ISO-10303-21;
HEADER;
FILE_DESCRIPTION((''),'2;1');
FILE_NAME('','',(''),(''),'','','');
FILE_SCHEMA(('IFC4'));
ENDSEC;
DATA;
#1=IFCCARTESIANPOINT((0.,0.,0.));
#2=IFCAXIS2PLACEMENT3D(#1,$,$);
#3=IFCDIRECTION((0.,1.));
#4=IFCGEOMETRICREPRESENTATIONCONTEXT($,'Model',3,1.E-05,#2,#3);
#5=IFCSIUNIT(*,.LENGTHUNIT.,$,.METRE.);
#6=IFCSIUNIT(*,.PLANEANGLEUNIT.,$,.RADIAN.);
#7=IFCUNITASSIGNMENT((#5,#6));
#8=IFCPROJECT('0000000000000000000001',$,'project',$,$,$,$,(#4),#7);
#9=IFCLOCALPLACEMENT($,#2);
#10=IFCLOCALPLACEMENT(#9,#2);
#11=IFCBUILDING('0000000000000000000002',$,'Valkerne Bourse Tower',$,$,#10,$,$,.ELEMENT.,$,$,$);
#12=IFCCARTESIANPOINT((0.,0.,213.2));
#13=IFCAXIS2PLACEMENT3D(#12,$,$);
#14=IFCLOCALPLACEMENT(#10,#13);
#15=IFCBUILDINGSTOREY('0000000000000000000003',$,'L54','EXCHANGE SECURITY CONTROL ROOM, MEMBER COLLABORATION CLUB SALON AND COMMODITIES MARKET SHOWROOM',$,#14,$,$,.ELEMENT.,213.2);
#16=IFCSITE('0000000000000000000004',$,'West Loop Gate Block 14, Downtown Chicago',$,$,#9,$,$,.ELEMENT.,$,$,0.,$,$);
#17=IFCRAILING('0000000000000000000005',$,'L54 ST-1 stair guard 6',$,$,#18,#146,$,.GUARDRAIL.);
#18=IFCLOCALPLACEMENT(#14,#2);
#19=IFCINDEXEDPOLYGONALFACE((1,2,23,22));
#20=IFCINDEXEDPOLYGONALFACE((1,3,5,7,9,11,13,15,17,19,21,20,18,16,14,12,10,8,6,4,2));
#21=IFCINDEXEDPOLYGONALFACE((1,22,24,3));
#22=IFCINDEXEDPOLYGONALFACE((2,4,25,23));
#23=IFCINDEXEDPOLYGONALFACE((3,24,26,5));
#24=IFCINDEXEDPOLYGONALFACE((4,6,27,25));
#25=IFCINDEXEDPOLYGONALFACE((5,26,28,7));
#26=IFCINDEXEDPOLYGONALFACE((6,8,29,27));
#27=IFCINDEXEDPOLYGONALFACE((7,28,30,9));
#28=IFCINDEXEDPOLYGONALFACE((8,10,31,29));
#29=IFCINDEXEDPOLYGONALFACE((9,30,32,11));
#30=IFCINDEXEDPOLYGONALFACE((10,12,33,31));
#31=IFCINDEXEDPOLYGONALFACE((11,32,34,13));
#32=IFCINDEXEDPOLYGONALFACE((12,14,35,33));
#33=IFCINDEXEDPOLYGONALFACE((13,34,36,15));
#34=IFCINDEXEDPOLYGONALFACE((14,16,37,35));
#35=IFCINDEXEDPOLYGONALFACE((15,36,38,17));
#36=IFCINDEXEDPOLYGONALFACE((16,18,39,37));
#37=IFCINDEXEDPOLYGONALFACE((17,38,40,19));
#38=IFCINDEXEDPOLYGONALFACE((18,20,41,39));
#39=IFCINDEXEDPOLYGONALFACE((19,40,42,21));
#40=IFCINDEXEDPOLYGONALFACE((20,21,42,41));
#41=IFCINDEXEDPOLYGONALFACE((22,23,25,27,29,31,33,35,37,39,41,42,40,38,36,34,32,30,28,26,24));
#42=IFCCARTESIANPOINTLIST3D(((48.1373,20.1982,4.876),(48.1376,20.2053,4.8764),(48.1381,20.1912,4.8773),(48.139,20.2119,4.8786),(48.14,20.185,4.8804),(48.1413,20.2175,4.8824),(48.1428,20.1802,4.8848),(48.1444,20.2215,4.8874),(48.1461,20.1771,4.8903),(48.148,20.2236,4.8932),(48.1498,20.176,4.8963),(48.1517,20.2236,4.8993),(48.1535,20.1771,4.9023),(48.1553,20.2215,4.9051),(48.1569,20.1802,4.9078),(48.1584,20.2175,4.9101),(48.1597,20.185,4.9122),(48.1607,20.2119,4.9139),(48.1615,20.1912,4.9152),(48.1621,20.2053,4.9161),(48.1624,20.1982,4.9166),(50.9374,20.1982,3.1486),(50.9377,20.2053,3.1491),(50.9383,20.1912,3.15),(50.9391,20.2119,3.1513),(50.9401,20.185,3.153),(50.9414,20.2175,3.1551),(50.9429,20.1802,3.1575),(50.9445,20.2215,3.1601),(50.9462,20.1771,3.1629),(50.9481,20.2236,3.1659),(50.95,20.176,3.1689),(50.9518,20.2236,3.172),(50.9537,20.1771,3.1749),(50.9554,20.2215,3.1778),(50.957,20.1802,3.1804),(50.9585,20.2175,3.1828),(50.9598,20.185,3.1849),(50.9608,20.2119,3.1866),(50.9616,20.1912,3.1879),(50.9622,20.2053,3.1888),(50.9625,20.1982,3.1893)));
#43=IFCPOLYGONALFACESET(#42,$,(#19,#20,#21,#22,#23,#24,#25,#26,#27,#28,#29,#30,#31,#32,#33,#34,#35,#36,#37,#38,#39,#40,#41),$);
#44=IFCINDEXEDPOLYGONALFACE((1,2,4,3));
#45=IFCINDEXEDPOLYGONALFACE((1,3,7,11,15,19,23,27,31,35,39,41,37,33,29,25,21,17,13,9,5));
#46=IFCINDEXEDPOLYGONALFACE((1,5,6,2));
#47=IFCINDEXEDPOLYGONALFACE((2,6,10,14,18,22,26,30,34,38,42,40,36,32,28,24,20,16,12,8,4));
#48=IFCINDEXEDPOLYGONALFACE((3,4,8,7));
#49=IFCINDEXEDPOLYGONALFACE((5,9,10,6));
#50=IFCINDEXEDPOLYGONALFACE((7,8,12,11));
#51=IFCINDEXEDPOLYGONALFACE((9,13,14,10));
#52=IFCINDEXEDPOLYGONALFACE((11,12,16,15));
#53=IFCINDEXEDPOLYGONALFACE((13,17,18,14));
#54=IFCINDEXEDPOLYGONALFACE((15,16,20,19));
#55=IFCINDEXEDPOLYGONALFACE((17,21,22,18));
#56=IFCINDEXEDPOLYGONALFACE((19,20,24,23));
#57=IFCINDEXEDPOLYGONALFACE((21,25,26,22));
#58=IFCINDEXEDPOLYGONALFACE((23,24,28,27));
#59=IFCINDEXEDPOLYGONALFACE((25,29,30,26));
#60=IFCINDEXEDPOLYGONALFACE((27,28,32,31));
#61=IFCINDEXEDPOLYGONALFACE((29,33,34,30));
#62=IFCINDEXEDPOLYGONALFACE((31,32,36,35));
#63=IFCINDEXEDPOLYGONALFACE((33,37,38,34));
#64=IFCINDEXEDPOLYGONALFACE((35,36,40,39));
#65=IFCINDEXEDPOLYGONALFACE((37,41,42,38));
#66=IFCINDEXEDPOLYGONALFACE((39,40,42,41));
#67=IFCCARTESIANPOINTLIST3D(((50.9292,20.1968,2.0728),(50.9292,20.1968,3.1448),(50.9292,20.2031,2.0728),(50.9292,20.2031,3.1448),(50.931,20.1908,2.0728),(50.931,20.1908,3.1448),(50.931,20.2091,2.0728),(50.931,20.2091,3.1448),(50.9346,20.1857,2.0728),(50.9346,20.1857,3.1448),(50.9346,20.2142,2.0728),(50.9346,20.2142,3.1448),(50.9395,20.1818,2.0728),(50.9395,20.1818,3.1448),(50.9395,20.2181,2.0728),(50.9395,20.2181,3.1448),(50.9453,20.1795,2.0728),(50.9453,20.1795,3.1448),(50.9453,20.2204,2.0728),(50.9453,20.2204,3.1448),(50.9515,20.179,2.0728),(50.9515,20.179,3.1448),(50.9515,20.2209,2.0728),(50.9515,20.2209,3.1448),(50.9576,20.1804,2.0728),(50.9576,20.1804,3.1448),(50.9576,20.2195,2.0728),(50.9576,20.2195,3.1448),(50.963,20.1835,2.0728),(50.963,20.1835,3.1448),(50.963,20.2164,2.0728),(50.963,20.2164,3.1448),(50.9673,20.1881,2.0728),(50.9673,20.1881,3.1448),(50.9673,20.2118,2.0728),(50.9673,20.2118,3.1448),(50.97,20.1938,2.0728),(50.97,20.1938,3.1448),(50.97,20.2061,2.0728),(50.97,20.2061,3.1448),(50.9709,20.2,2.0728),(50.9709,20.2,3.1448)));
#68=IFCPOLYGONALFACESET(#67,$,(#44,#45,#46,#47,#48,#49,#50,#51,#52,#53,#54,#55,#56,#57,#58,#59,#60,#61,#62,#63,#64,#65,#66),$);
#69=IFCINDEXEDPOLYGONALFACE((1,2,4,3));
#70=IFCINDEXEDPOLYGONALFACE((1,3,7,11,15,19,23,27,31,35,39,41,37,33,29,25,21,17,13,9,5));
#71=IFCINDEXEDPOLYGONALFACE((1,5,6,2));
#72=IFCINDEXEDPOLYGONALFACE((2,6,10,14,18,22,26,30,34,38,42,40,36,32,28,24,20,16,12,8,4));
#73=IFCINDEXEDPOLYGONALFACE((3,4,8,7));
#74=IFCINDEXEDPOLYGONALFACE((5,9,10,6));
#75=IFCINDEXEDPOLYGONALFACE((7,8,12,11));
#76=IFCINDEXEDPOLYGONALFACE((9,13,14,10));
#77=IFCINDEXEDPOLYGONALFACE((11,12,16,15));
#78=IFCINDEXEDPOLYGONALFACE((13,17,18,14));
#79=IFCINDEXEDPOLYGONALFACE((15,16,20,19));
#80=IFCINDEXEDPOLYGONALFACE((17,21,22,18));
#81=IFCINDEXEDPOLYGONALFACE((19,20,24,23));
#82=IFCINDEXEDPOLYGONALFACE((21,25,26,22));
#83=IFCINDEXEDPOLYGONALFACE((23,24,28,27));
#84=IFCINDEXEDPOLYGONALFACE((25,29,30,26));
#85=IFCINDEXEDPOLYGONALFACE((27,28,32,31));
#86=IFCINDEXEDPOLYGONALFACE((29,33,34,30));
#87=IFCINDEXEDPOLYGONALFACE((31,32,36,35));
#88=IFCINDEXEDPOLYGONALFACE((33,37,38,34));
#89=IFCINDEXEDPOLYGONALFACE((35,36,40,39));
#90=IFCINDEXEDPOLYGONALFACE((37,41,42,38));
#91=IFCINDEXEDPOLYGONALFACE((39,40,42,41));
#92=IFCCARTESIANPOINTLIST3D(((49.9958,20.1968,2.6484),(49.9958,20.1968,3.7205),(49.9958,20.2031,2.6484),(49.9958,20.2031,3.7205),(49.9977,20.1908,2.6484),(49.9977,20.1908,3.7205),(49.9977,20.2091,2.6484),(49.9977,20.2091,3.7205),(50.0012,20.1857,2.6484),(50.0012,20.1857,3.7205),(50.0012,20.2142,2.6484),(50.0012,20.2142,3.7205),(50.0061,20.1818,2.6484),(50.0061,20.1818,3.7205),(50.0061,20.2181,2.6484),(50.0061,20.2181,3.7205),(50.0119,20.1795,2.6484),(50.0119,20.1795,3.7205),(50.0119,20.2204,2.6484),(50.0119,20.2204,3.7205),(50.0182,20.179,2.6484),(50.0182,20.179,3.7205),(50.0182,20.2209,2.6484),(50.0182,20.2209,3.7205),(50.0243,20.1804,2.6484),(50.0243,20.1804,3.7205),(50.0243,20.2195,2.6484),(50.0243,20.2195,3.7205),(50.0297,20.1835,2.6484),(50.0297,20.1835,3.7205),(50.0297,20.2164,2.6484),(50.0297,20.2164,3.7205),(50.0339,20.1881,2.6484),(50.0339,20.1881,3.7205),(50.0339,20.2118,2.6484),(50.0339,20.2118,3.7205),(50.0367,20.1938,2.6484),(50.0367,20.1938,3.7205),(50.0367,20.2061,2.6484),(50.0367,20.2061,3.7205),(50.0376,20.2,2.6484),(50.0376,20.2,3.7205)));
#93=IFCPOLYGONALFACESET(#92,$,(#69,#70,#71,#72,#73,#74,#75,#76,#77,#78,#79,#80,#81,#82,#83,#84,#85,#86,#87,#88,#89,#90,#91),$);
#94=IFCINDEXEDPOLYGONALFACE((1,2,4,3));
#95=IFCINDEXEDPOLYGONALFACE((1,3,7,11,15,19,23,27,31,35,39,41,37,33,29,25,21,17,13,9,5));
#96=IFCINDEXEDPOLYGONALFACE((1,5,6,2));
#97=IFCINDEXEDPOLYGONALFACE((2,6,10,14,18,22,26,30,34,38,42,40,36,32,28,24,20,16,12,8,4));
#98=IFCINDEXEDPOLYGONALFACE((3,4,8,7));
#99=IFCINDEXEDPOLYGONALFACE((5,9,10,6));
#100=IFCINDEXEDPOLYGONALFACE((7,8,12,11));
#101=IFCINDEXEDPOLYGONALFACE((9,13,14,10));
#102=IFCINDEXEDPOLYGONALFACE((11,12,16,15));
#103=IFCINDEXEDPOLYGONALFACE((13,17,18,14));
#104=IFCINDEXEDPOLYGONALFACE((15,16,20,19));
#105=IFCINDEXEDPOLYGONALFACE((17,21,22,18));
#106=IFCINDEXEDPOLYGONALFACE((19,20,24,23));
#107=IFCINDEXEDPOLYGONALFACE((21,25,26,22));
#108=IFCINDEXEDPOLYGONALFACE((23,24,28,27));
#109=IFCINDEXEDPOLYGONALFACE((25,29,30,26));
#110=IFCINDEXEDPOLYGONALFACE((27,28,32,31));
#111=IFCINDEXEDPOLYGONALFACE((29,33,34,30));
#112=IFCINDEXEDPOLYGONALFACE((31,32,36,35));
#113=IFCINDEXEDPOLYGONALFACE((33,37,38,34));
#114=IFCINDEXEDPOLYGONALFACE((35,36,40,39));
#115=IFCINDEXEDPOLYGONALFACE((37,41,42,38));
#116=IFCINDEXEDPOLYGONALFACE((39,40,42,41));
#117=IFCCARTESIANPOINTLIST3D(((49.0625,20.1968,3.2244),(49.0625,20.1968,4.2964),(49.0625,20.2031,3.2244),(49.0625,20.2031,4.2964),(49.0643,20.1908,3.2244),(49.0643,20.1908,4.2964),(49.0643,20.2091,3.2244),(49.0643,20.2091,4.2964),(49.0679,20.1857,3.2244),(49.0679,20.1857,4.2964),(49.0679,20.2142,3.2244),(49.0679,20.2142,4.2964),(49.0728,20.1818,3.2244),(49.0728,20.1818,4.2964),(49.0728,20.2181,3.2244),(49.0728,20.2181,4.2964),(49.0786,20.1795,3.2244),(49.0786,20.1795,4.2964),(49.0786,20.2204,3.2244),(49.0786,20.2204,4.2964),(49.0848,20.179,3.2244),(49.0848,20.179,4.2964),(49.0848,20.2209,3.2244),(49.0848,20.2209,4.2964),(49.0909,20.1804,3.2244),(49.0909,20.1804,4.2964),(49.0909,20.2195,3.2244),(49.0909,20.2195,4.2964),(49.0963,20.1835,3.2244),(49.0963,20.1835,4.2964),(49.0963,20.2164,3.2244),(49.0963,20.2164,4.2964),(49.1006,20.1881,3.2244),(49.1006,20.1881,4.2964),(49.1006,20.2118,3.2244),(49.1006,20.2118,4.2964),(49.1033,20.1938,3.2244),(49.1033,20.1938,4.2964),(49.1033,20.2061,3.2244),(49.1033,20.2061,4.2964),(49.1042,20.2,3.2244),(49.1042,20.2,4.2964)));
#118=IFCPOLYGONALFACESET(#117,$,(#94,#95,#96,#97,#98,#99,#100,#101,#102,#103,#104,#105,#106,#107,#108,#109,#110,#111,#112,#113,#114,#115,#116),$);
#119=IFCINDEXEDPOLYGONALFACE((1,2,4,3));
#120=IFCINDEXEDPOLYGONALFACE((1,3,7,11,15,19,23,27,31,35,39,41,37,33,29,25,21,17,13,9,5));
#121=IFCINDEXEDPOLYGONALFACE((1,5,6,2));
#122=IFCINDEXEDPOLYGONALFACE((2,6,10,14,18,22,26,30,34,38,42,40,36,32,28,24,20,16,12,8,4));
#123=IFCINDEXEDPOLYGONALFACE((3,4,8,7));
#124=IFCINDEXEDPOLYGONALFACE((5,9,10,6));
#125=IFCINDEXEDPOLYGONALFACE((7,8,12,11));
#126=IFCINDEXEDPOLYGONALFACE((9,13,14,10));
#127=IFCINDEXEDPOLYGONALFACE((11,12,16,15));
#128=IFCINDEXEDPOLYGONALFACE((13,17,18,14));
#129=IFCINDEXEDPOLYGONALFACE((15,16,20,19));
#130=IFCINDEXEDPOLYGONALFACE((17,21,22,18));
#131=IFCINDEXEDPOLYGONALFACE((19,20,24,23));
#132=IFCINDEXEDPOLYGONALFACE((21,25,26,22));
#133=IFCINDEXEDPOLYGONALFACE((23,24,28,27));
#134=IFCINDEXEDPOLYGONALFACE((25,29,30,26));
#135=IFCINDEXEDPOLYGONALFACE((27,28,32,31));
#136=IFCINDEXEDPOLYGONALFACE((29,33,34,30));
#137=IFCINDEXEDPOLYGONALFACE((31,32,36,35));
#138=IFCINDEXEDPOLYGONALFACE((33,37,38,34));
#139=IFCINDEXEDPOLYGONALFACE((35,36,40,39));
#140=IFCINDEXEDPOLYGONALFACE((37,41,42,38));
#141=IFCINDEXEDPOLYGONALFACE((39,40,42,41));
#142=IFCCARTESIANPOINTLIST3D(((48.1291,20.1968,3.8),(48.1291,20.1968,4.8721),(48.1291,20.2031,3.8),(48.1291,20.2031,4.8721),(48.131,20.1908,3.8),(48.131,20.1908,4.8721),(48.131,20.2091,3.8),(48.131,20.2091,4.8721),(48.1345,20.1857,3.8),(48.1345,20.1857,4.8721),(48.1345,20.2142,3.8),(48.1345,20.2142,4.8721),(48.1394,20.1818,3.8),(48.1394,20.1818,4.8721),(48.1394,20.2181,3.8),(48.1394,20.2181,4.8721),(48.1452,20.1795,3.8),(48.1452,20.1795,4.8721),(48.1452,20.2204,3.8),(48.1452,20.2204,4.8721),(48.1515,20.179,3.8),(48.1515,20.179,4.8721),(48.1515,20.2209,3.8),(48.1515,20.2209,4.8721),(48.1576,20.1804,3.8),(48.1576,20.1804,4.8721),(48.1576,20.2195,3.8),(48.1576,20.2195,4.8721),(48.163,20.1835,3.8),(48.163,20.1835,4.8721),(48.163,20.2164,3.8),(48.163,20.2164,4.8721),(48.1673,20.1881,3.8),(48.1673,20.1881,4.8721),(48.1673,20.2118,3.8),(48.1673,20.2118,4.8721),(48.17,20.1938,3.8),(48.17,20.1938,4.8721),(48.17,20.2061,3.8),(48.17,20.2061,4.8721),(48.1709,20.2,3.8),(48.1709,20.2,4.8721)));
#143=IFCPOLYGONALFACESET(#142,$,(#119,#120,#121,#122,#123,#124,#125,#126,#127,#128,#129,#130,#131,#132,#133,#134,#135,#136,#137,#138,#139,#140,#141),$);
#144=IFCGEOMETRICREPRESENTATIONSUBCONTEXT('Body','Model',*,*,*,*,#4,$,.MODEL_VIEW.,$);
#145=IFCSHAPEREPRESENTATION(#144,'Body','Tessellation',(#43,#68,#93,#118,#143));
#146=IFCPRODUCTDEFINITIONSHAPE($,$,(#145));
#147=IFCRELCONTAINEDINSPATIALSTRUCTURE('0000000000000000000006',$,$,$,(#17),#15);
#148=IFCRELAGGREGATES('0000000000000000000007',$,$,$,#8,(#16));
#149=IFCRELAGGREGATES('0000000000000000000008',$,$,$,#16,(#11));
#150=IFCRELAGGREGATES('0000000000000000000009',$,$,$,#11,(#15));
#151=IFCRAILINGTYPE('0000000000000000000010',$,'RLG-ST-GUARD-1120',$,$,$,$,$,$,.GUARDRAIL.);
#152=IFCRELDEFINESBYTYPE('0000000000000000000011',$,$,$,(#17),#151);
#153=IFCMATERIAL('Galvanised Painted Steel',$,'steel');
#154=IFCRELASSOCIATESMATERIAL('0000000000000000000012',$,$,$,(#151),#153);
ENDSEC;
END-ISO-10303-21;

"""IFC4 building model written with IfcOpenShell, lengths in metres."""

from ifc_helpers import new_model, si_unit, direction, frame, origin, origin_2d, place, context, subcontext, project, spatial, circle, extrude, material, type_object, element, save


model = new_model("IFC4")

# Units and contexts
model_context = context("Model", 3, precision=1e-05, world=origin(), true_north=direction((0.0, 1.0)))
body_context = subcontext(model_context, "Body", "Model", "MODEL_VIEW")
ifc_project = project(units=[si_unit("LENGTHUNIT", "METRE"), si_unit("PLANEANGLEUNIT", "RADIAN")], contexts=[model_context])

# Site, building, storey
site_placement = place(None, origin())
site = spatial("IfcSite", under=ifc_project, at=site_placement, Name="West Loop Gate Block 14, Downtown Chicago", CompositionType="ELEMENT", RefElevation=0.0)
building_placement = place(site_placement, origin())
building = spatial("IfcBuilding", under=site, at=building_placement, Name="Valkerne Bourse Tower", CompositionType="ELEMENT")
storey_placement = place(building_placement, frame((0.0, 0.0, 213.2)))
storey = spatial("IfcBuildingStorey", under=building, at=storey_placement, Name="L54", Description="EXCHANGE SECURITY CONTROL ROOM, MEMBER COLLABORATION CLUB SALON AND COMMODITIES MARKET SHOWROOM", CompositionType="ELEMENT", Elevation=213.2)

# Shared definitions
ifc_material_1 = material(Name="Galvanised Painted Steel", Category="steel")

# Railing
railing_type_1 = type_object("IfcRailingType", Name="RLG-ST-GUARD-1120", PredefinedType="GUARDRAIL", material=ifc_material_1)
railing_1_placement = place(storey_placement, frame((50.95, 20.2, 2.0728)))
element("IfcRailing", 1, at=railing_1_placement, inside=storey, type_object=railing_type_1, Name="L54 ST-1 stair guard 6", PredefinedType="GUARDRAIL", context=body_context, shape_type="SweptSolid", body=[
    extrude(circle(Radius=0.0239, at=origin_2d()), frame((0.0, 0.0, 1.0962), z_axis=(-0.85109, 0.0, 0.52502), x_axis=(0.0, -1.0, 0.0)), (0.0, 0.0, 1.0), 3.29),
    extrude(circle(Radius=0.021, at=origin_2d()), origin(), (0.0, 0.0, 1.0), 1.072),
    extrude(circle(Radius=0.021, at=origin_2d()), frame((-0.9333, 0.0, 0.5757)), (0.0, 0.0, 1.0), 1.072),
    extrude(circle(Radius=0.021, at=origin_2d()), frame((-1.8667, 0.0, 1.1516)), (0.0, 0.0, 1.0), 1.072),
    extrude(circle(Radius=0.021, at=origin_2d()), frame((-2.8, 0.0, 1.7273)), (0.0, 0.0, 1.0), 1.072),
])

save(model, "model.ifc")
